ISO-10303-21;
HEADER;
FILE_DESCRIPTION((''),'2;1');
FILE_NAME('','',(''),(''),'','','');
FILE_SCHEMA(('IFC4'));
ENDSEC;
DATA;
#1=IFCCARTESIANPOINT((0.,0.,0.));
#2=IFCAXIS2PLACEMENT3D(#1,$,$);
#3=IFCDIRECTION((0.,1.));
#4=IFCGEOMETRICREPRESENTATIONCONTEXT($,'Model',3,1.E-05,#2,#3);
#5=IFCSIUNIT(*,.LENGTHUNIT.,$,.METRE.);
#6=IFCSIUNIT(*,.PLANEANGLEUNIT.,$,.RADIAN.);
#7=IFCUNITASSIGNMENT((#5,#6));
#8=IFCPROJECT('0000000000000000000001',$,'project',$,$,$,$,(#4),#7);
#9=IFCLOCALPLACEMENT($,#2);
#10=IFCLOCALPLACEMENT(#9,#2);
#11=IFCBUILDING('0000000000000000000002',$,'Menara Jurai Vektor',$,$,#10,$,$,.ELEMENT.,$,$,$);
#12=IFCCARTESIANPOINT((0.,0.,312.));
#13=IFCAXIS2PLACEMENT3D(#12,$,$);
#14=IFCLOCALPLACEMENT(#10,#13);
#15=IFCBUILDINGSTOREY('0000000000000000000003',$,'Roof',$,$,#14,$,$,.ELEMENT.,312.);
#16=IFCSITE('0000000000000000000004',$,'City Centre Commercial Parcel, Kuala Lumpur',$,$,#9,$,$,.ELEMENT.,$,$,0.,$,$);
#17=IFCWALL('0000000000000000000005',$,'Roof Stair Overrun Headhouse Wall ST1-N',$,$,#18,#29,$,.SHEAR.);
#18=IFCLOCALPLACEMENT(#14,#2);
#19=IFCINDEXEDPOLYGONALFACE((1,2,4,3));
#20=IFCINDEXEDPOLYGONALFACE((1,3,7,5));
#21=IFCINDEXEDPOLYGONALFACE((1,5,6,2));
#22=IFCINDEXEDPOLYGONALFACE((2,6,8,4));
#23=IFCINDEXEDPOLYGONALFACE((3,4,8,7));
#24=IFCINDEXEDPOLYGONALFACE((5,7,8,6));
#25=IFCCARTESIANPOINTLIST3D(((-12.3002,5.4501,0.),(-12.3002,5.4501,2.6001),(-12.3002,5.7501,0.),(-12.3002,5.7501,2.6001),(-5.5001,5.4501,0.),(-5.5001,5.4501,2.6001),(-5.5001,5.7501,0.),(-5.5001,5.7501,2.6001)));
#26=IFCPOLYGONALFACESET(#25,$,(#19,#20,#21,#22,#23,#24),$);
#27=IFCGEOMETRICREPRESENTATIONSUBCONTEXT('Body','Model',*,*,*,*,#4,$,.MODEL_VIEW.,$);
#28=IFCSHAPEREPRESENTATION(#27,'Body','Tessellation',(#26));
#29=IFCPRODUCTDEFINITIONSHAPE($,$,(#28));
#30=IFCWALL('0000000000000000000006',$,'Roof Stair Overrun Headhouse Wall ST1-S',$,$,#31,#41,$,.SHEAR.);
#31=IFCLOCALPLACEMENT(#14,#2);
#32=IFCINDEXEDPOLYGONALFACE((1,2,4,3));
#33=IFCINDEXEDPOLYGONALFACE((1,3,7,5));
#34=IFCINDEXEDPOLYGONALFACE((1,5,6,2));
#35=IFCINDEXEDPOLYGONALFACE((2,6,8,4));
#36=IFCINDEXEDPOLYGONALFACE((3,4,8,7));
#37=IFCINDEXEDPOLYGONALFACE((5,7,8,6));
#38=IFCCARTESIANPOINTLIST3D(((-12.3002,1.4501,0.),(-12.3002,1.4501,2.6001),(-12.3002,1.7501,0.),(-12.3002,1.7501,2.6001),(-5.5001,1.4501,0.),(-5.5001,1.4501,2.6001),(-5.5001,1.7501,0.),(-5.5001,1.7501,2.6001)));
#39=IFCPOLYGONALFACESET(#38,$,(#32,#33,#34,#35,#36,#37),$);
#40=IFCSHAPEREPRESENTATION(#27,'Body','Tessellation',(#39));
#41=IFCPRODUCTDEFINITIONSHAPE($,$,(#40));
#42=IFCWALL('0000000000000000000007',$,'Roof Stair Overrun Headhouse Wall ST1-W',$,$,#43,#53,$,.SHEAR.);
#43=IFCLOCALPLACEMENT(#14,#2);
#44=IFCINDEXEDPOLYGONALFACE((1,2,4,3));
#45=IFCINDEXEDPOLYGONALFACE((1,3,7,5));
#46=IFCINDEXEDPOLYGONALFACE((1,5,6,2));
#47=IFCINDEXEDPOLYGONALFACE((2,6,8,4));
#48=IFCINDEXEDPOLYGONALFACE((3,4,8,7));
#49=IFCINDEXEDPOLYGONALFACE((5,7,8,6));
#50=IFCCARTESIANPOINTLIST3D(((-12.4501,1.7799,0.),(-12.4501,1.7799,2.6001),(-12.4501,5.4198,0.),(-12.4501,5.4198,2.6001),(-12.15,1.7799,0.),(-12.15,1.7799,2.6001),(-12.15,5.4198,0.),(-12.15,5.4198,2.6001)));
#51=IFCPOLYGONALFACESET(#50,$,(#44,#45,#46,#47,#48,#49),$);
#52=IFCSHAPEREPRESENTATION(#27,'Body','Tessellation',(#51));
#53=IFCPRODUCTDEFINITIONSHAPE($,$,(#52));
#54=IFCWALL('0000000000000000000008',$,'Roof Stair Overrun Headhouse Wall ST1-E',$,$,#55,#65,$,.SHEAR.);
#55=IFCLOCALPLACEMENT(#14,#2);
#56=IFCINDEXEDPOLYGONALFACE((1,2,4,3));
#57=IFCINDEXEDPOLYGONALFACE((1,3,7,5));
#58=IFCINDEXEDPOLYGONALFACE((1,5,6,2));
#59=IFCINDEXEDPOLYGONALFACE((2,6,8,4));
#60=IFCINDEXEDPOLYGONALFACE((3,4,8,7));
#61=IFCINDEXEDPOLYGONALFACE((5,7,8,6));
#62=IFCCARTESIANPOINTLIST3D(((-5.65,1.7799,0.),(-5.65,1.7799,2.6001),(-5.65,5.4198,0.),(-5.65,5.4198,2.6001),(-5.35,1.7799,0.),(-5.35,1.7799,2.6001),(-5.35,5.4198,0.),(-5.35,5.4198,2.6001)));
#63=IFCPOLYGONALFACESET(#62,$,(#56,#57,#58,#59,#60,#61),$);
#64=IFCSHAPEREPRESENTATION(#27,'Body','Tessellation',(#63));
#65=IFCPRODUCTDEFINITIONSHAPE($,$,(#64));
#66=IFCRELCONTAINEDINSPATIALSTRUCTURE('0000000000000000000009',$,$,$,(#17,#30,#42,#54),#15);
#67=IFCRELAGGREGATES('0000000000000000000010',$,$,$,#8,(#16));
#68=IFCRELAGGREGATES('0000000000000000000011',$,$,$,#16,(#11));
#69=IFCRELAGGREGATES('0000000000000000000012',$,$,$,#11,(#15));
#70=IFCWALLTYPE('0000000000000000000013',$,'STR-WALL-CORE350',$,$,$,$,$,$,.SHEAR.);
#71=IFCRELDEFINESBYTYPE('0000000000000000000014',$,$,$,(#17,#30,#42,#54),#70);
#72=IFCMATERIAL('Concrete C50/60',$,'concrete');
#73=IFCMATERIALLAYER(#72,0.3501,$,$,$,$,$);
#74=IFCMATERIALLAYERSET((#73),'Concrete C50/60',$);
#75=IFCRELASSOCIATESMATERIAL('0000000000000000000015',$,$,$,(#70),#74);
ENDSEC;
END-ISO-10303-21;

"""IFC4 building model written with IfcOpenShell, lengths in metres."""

from ifc_helpers import new_model, si_unit, direction, frame, frame_2d, origin, place, context, subcontext, project, spatial, rectangle, extrude, material, layer, layer_set, type_object, element, save


model = new_model("IFC4")

# Units and contexts
model_context = context("Model", 3, precision=1e-05, world=origin(), true_north=direction((0.0, 1.0)))
body_context = subcontext(model_context, "Body", "Model", "MODEL_VIEW")
ifc_project = project(units=[si_unit("LENGTHUNIT", "METRE"), si_unit("PLANEANGLEUNIT", "RADIAN")], contexts=[model_context])

# Site, building, storey
site_placement = place(None, origin())
site = spatial("IfcSite", under=ifc_project, at=site_placement, Name="City Centre Commercial Parcel, Kuala Lumpur", CompositionType="ELEMENT", RefElevation=0.0)
building_placement = place(site_placement, origin())
building = spatial("IfcBuilding", under=site, at=building_placement, Name="Menara Jurai Vektor", CompositionType="ELEMENT")
storey_placement = place(building_placement, frame((0.0, 0.0, 312.0)))
storey = spatial("IfcBuildingStorey", under=building, at=storey_placement, Name="Roof", CompositionType="ELEMENT", Elevation=312.0)

# Walls
ifc_material_1 = material(Name="Concrete C50/60", Category="concrete")
ifc_layer_1 = layer(ifc_material_1, 0.3501)
ifc_layer_set_1 = layer_set([ifc_layer_1], Name="Concrete C50/60")
wall_type_1 = type_object("IfcWallType", Name="STR-WALL-CORE350", PredefinedType="SHEAR", material=ifc_layer_set_1)
for number, where, z_axis, x_axis, name in (
    (1, (-12.3, 5.6001, 0.0), (0.0, 0.0, 1.0), (1.0, 0.0, 0.0), "Roof Stair Overrun Headhouse Wall ST1-N"),
    (2, (-12.3, 1.6001, 0.0), (0.0, 0.0, 1.0), (1.0, 0.0, 0.0), "Roof Stair Overrun Headhouse Wall ST1-S"),
):
    element("IfcWall", number, at=place(storey_placement, frame(where, z_axis=z_axis, x_axis=x_axis)), inside=storey, type_object=wall_type_1, Name=name, PredefinedType="SHEAR", context=body_context, shape_type="SweptSolid", body=[
        extrude(rectangle(XDim=6.8, YDim=0.3, at=frame_2d((3.3999, 0.0))), origin(), (0.0, 0.0, 1.0), 2.6001),
    ])
for number, where, z_axis, x_axis, name in (
    (3, (-12.3, 1.78, 0.0), (0.0, 0.0, 1.0), (0.0, 1.0, 0.0), "Roof Stair Overrun Headhouse Wall ST1-W"),
    (4, (-5.5, 1.78, 0.0), (0.0, 0.0, 1.0), (0.0, 1.0, 0.0), "Roof Stair Overrun Headhouse Wall ST1-E"),
):
    element("IfcWall", number, at=place(storey_placement, frame(where, z_axis=z_axis, x_axis=x_axis)), inside=storey, type_object=wall_type_1, Name=name, PredefinedType="SHEAR", context=body_context, shape_type="SweptSolid", body=[
        extrude(rectangle(XDim=3.6399, YDim=0.3, at=frame_2d((1.8198, 0.0))), origin(), (0.0, 0.0, 1.0), 2.6001),
    ])

save(model, "model.ifc")
